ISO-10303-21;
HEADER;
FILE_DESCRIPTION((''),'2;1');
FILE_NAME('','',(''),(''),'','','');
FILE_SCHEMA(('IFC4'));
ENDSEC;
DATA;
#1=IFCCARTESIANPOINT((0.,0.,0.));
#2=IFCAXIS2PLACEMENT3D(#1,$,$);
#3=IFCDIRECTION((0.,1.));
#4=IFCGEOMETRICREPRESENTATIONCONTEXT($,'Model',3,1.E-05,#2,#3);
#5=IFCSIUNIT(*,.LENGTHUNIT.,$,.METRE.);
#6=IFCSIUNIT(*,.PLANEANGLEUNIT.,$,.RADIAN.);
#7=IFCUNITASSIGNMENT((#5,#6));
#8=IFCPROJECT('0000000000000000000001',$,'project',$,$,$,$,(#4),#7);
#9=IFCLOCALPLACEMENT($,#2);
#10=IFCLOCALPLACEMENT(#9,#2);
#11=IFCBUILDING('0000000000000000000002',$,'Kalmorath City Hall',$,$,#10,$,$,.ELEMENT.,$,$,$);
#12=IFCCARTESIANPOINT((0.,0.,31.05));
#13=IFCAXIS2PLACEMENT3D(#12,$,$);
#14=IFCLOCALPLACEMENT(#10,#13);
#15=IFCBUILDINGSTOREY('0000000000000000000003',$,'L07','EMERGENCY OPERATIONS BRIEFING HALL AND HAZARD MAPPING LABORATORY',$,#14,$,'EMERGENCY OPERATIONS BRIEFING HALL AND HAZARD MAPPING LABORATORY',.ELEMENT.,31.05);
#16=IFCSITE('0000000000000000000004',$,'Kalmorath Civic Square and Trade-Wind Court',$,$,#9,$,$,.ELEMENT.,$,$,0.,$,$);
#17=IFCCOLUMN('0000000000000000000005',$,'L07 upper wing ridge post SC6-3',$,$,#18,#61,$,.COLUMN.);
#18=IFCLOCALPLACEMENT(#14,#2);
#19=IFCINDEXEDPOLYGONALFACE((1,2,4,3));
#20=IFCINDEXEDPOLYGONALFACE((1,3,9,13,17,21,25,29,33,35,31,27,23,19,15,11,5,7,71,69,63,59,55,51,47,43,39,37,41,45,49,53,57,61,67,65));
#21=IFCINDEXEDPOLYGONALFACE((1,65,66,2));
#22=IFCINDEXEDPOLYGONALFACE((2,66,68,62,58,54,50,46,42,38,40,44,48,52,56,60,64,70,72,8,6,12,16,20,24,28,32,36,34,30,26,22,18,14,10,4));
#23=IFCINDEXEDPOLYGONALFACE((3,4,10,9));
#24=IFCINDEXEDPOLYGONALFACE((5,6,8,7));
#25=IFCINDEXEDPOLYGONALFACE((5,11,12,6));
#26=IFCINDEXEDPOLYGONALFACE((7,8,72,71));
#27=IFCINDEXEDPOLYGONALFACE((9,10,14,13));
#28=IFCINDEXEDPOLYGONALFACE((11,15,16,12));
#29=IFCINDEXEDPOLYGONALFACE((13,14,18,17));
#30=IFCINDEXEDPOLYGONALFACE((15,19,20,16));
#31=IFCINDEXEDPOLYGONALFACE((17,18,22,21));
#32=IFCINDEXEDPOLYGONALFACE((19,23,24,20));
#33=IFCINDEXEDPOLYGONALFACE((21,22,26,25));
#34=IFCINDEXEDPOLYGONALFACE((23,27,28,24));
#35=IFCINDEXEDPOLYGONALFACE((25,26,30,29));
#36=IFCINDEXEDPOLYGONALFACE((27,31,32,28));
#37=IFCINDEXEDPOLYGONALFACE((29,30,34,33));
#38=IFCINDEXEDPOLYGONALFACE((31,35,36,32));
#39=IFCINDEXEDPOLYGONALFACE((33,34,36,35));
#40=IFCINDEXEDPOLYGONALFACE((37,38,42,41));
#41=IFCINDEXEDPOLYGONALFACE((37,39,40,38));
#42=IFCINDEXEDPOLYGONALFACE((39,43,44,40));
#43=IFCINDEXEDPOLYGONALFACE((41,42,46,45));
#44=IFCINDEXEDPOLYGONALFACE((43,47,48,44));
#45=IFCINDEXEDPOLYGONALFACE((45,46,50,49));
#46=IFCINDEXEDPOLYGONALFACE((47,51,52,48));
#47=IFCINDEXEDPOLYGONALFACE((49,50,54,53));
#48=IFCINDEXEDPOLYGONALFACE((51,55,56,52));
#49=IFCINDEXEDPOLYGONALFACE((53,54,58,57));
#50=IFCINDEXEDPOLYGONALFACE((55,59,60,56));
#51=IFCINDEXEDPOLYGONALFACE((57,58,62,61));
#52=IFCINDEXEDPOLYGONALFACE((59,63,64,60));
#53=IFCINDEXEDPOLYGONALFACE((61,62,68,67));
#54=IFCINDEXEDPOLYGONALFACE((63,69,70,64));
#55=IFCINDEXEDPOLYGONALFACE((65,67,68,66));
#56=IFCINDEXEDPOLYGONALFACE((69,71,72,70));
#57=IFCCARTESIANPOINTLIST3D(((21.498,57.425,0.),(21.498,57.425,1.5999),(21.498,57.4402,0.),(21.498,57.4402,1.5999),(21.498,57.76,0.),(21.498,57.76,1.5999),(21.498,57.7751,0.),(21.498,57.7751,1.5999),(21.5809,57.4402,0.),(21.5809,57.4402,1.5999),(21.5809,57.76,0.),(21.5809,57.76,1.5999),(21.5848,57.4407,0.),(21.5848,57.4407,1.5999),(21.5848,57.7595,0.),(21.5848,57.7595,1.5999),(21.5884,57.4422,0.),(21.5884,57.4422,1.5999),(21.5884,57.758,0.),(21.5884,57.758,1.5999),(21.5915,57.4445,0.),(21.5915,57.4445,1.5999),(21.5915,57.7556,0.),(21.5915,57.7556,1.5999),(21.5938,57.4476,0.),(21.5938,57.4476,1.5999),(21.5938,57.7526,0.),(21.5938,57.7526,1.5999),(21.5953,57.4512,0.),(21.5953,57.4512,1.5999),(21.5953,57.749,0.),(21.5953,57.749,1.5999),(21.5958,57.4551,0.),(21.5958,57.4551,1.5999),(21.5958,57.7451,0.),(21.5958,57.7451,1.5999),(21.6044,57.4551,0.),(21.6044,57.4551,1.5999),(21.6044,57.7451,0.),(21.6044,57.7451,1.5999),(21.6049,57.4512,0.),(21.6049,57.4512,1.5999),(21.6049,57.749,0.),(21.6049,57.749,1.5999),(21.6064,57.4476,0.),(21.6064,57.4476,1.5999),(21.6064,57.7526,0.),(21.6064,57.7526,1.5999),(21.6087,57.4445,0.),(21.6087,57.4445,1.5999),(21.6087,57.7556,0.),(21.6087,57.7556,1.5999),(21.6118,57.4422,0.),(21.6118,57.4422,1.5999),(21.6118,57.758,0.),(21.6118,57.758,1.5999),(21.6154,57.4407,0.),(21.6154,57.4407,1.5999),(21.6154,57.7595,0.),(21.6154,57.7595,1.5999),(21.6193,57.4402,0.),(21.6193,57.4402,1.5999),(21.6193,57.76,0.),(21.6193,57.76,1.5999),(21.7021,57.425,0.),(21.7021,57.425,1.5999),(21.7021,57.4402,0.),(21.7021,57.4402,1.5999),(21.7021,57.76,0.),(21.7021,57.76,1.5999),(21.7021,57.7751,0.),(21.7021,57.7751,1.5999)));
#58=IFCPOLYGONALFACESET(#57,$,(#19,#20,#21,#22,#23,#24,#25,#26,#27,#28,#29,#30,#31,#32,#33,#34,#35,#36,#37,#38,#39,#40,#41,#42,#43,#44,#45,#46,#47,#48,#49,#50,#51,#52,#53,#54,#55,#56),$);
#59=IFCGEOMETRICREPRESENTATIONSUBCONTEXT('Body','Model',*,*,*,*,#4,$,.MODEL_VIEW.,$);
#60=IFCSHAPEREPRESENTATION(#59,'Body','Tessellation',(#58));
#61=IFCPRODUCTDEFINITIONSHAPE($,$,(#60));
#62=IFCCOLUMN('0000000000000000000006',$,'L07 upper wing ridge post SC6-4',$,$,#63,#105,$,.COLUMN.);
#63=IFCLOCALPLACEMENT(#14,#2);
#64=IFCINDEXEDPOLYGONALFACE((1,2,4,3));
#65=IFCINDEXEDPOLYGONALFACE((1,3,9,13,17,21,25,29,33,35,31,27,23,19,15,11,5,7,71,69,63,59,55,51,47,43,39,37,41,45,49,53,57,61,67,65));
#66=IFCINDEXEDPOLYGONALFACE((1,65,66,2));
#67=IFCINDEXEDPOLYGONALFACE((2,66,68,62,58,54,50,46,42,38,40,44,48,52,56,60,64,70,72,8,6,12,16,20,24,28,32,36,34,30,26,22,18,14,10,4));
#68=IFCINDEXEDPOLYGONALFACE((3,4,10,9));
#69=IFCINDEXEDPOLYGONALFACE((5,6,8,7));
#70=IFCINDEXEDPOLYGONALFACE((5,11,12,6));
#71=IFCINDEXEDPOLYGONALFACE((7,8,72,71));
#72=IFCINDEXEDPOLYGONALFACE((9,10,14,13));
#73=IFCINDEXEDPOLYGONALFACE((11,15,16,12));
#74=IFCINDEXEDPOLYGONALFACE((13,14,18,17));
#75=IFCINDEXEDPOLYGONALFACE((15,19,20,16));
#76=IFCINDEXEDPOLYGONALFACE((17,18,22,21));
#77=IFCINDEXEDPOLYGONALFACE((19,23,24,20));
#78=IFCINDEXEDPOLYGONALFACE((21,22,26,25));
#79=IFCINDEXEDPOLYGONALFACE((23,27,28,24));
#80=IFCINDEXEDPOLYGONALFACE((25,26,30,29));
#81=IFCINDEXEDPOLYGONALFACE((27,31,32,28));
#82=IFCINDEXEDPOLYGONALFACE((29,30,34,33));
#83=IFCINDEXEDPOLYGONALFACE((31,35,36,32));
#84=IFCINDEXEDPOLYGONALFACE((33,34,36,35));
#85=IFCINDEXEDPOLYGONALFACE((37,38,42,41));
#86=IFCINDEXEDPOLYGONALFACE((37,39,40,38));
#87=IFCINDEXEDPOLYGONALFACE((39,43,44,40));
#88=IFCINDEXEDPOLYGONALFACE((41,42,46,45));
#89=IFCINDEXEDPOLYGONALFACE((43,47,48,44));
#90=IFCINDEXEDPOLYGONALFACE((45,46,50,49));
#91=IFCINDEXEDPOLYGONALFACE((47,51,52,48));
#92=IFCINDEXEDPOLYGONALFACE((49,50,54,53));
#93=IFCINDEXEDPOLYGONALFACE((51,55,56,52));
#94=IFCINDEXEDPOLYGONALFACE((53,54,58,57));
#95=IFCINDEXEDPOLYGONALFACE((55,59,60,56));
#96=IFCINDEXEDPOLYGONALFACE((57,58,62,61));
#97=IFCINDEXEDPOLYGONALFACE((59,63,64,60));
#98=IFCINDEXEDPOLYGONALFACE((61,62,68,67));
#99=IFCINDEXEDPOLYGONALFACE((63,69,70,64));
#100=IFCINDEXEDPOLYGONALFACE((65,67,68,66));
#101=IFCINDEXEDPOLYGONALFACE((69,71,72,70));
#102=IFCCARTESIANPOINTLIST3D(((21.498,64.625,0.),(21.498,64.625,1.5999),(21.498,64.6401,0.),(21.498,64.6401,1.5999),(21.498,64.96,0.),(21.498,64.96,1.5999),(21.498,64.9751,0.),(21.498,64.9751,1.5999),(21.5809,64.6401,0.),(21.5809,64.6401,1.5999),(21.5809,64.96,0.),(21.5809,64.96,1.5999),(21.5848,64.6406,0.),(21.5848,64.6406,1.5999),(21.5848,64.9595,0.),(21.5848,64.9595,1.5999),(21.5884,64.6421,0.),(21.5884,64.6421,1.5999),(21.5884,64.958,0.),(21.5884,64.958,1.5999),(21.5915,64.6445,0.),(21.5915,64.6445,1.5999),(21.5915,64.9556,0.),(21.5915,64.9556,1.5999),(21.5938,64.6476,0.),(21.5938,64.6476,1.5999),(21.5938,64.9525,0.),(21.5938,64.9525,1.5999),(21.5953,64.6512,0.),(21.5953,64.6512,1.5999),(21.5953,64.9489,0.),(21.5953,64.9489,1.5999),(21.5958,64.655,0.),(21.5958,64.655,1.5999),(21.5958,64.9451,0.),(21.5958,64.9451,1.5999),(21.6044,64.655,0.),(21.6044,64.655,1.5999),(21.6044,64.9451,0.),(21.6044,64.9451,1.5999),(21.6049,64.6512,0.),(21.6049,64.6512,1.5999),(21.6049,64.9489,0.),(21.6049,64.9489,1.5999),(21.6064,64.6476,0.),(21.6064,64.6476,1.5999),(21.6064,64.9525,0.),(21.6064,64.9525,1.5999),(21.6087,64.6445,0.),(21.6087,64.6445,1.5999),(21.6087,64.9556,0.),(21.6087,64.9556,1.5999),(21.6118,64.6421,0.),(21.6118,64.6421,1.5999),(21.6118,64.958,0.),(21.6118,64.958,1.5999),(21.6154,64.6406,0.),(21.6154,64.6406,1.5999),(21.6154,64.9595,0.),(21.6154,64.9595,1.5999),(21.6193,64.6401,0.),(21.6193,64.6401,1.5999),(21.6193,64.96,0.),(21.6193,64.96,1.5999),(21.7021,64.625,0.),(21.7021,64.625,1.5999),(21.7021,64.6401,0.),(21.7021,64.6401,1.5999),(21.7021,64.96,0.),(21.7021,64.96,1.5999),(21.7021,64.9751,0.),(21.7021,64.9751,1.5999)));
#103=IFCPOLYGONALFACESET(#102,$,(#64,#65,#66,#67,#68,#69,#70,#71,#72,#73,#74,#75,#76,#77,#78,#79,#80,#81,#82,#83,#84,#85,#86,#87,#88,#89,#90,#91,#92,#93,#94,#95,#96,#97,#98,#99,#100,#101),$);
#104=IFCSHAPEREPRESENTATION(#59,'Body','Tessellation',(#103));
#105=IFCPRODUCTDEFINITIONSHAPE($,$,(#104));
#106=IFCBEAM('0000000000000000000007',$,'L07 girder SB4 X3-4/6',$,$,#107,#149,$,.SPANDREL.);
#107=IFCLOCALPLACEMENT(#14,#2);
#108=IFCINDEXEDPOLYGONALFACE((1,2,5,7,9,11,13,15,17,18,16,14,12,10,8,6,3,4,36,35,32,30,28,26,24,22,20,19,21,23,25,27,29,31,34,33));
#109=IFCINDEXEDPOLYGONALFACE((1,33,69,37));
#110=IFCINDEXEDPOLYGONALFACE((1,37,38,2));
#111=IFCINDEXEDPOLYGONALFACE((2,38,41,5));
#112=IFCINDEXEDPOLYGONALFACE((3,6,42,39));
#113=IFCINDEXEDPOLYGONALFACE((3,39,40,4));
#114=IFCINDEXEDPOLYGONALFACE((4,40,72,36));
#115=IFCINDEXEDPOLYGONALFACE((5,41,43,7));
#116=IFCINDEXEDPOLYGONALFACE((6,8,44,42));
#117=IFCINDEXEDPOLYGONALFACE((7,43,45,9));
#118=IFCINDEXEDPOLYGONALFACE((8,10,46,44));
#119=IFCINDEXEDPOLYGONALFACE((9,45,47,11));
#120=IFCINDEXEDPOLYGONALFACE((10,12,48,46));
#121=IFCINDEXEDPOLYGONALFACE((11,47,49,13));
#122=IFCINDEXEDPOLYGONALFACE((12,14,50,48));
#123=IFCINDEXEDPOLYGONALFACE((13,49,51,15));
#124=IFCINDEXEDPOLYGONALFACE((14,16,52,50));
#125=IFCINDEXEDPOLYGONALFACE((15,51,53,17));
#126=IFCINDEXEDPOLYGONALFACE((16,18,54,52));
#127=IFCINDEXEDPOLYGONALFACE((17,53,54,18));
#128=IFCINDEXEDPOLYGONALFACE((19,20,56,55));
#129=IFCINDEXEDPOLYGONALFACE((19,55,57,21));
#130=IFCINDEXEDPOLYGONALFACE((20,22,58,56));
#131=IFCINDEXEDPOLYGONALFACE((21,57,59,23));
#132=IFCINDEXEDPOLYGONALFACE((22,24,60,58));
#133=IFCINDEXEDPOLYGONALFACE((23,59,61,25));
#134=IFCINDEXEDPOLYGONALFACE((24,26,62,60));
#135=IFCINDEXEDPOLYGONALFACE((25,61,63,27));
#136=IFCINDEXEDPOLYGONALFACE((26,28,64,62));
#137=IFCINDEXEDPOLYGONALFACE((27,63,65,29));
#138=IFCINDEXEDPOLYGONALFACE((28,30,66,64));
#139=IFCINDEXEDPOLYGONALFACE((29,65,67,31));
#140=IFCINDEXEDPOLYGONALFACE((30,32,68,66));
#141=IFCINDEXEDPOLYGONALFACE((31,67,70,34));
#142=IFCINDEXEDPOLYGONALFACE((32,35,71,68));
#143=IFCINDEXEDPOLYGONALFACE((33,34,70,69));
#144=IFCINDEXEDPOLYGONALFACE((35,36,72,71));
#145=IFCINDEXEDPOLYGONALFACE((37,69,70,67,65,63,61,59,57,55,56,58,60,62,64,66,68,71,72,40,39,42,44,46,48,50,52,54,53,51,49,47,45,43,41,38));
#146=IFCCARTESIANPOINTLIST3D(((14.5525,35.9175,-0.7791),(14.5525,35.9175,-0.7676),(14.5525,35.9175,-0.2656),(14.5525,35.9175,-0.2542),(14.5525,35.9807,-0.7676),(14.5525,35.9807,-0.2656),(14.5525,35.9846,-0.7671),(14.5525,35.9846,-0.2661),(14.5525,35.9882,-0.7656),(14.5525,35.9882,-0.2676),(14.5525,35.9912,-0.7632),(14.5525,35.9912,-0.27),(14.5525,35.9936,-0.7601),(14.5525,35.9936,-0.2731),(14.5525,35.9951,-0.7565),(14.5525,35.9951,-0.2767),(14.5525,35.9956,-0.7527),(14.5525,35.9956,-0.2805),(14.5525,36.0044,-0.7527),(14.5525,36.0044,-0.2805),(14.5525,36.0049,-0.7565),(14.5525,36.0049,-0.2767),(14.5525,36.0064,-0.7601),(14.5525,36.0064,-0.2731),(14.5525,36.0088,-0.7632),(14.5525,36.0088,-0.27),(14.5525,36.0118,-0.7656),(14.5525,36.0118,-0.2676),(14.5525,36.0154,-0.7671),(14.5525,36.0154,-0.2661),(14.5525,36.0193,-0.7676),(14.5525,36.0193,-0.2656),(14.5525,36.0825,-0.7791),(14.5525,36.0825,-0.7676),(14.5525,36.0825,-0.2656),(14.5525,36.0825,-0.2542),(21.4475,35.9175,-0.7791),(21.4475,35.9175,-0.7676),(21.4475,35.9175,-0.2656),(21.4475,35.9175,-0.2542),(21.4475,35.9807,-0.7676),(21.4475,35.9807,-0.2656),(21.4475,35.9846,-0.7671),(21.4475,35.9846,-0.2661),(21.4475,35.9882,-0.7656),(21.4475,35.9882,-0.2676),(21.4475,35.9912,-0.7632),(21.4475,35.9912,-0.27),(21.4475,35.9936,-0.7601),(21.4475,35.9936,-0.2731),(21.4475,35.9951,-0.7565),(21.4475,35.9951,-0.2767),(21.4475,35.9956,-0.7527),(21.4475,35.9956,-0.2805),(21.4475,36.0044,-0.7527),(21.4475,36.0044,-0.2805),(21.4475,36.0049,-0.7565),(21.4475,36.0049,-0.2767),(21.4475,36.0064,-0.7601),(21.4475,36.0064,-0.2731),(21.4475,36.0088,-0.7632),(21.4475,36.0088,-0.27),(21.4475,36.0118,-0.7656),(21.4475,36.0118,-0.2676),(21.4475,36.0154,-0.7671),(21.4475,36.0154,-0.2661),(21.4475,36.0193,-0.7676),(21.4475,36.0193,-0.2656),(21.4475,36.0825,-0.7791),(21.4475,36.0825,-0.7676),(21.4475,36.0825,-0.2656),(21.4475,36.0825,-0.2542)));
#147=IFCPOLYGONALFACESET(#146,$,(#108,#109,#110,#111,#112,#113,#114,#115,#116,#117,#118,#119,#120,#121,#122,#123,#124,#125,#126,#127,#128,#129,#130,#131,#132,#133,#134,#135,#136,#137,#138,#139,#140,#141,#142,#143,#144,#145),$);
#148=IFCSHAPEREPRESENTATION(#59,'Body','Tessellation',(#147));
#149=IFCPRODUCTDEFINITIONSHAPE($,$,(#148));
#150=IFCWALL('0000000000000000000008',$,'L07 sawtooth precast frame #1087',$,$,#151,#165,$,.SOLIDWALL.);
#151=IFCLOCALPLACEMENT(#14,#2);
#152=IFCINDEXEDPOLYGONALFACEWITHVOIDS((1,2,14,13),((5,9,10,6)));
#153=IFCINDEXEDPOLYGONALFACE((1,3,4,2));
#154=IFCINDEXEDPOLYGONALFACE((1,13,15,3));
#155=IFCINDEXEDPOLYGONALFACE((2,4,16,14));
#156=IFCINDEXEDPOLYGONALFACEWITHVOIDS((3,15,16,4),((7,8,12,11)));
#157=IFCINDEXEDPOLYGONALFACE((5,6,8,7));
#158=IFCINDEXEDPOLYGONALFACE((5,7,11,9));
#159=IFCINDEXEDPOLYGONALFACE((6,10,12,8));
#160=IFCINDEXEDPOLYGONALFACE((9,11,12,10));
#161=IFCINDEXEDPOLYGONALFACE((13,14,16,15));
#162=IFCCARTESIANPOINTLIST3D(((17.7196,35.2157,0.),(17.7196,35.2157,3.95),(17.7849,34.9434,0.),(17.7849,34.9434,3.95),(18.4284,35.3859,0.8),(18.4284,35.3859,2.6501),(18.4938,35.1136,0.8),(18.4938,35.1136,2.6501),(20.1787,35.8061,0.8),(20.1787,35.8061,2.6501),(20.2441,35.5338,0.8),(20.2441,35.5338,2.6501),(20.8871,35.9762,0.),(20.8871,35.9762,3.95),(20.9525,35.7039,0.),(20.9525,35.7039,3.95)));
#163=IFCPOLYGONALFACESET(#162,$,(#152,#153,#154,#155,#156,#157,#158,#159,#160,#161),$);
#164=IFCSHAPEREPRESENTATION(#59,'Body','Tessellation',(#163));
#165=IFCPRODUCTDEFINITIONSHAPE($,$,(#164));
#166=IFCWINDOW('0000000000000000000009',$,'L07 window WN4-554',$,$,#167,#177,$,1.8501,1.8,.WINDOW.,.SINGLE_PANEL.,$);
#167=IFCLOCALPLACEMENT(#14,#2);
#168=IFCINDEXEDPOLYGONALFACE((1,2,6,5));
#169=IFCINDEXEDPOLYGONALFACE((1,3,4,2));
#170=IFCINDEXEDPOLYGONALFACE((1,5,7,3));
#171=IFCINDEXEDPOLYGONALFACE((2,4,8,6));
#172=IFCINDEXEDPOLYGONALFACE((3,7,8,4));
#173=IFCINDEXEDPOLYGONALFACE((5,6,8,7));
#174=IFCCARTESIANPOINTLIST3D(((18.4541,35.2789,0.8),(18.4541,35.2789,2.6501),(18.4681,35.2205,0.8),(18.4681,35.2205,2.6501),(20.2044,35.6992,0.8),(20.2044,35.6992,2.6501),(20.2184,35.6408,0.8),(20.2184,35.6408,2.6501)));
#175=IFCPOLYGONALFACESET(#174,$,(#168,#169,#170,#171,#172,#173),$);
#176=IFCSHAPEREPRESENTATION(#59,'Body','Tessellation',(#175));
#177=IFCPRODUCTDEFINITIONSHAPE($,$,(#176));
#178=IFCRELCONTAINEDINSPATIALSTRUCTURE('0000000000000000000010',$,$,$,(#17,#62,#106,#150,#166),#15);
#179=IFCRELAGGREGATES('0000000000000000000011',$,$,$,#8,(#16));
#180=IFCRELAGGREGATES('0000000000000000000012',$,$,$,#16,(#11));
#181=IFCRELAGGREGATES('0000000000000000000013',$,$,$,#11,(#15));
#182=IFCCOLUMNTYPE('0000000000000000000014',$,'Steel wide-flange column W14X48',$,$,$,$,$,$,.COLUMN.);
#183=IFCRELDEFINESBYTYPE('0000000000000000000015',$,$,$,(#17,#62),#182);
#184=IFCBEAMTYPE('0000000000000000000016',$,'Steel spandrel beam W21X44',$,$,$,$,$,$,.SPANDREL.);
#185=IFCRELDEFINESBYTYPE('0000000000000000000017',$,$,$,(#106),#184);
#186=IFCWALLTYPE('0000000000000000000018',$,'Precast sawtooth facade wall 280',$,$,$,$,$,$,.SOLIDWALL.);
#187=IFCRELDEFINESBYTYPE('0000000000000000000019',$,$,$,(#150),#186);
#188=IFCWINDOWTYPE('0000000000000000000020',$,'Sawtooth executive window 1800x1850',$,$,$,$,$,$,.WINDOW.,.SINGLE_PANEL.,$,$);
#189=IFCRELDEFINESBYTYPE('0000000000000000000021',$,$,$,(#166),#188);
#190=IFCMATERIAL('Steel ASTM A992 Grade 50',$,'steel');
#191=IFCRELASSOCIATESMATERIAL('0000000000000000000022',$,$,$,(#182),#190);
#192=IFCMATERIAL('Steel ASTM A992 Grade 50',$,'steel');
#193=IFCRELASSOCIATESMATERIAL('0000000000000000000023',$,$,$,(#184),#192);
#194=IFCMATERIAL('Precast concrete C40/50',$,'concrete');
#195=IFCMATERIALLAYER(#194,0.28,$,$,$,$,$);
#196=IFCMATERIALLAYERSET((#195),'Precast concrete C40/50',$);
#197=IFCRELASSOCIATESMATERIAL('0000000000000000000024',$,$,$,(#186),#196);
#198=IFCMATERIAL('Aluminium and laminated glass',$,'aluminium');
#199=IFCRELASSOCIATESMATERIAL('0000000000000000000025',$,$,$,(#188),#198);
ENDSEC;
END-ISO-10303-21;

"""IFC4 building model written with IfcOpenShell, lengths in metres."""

from ifc_helpers import new_model, si_unit, direction, frame, frame_2d, origin, origin_2d, place, context, subcontext, project, spatial, rectangle, i_section, extrude, material, layer, layer_set, material_profile, profile_set, type_object, element, fill, save


model = new_model("IFC4")

# Units and contexts
model_context = context("Model", 3, precision=1e-05, world=origin(), true_north=direction((0.0, 1.0)))
body_context = subcontext(model_context, "Body", "Model", "MODEL_VIEW")
ifc_project = project(units=[si_unit("LENGTHUNIT", "METRE"), si_unit("PLANEANGLEUNIT", "RADIAN")], contexts=[model_context])

# Site, building, storey
site_placement = place(None, origin())
site = spatial("IfcSite", under=ifc_project, at=site_placement, Name="Kalmorath Civic Square and Trade-Wind Court", CompositionType="ELEMENT", RefElevation=0.0)
building_placement = place(site_placement, origin())
building = spatial("IfcBuilding", under=site, at=building_placement, Name="Kalmorath City Hall", CompositionType="ELEMENT")
storey_placement = place(building_placement, frame((0.0, 0.0, 31.05)))
storey = spatial("IfcBuildingStorey", under=building, at=storey_placement, Name="L07", Description="EMERGENCY OPERATIONS BRIEFING HALL AND HAZARD MAPPING LABORATORY", LongName="EMERGENCY OPERATIONS BRIEFING HALL AND HAZARD MAPPING LABORATORY", CompositionType="ELEMENT", Elevation=31.05)

# Columns
ifc_material_1 = material(Name="Steel ASTM A992 Grade 50", Category="steel")
ifc_material_profile_1 = material_profile(ifc_material_1, i_section(OverallWidth=0.2041, OverallDepth=0.3501, WebThickness=0.0085, FlangeThickness=0.0151, FilletRadius=0.0149, at=origin_2d()), Name="W14X48")
ifc_profile_set_1 = profile_set([ifc_material_profile_1], Name="Steel ASTM A992 Grade 50")
column_type_1 = type_object("IfcColumnType", Name="Steel wide-flange column W14X48", PredefinedType="COLUMN", material=ifc_profile_set_1)
for number, where, z_axis, x_axis, name in (
    (1, (21.6001, 57.6001, 0.0), (0.0, 0.0, 1.0), (1.0, 0.0, 0.0), "L07 upper wing ridge post SC6-3"),
    (2, (21.6001, 64.8, 0.0), (0.0, 0.0, 1.0), (1.0, 0.0, 0.0), "L07 upper wing ridge post SC6-4"),
):
    element("IfcColumn", number, at=place(storey_placement, frame(where, z_axis=z_axis, x_axis=x_axis)), inside=storey, type_object=column_type_1, Name=name, PredefinedType="COLUMN", context=body_context, shape_type="SweptSolid", body=[
        extrude(i_section(OverallWidth=0.2041, OverallDepth=0.3501, WebThickness=0.0085, FlangeThickness=0.0151, FilletRadius=0.0149, at=origin_2d()), origin(), (0.0, 0.0, 1.0), 1.5999),
    ])

# Beam
ifc_material_2 = material(Name="Steel ASTM A992 Grade 50", Category="steel")
ifc_material_profile_2 = material_profile(ifc_material_2, i_section(OverallWidth=0.165, OverallDepth=0.5249, WebThickness=0.0088, FlangeThickness=0.0115, FilletRadius=0.0149, at=origin_2d()), Name="W21X44")
ifc_profile_set_2 = profile_set([ifc_material_profile_2], Name="Steel ASTM A992 Grade 50")
beam_type = type_object("IfcBeamType", Name="Steel spandrel beam W21X44", PredefinedType="SPANDREL", material=ifc_profile_set_2)
beam_placement = place(storey_placement, frame((14.5525, 36.0, -0.5166), z_axis=(1.0, 0.0, 0.0), x_axis=(0.0, 1.0, 0.0)))
element("IfcBeam", 3, at=beam_placement, inside=storey, type_object=beam_type, Name="L07 girder SB4 X3-4/6", PredefinedType="SPANDREL", context=body_context, shape_type="SweptSolid", body=[
    extrude(i_section(OverallWidth=0.165, OverallDepth=0.5249, WebThickness=0.0088, FlangeThickness=0.0115, FilletRadius=0.0149, at=origin_2d()), origin(), (0.0, 0.0, 1.0), 6.895),
])

# Wall, opening, window
ifc_material_3 = material(Name="Precast concrete C40/50", Category="concrete")
ifc_layer_1 = layer(ifc_material_3, 0.28)
ifc_layer_set_1 = layer_set([ifc_layer_1], Name="Precast concrete C40/50")
wall_type_1 = type_object("IfcWallType", Name="Precast sawtooth facade wall 280", PredefinedType="SOLIDWALL", material=ifc_layer_set_1)
wall_1_placement = place(storey_placement, frame((20.9199, 35.8401, 0.0), z_axis=(0.0, 0.0, 1.0), x_axis=(-0.972366, -0.233461, 0.0)))
wall_1 = element("IfcWall", 4, at=wall_1_placement, inside=storey, type_object=wall_type_1, Name="L07 sawtooth precast frame #1087", PredefinedType="SOLIDWALL", context=body_context, shape_type="SweptSolid", body=[
    extrude(rectangle(XDim=3.2576, YDim=0.28, at=frame_2d((1.6289, 0.0))), origin(), (0.0, 0.0, 1.0), 3.95),
])
opening_1_placement = place(wall_1_placement, frame((0.7288, 0.0, 0.8)))
opening_1 = element("IfcOpeningElement", 5, at=opening_1_placement, cuts=wall_1, PredefinedType="OPENING", context=body_context, shape_type="SweptSolid", body=[
    extrude(rectangle(XDim=1.8, YDim=1.8501, at=frame_2d((0.8999, 0.925))), frame((0.0, 0.1499, 0.0), z_axis=(0.0, -1.0, 0.0), x_axis=(1.0, 0.0, 0.0)), (0.0, 0.0, 1.0), 0.3),
])
ifc_material_4 = material(Name="Aluminium and laminated glass", Category="aluminium")
window_type_1 = type_object("IfcWindowType", Name="Sawtooth executive window 1800x1850", PartitioningType="SINGLE_PANEL", PredefinedType="WINDOW", material=ifc_material_4)
window_1_placement = place(opening_1_placement, origin())
window_1 = element("IfcWindow", 6, at=window_1_placement, inside=storey, type_object=window_type_1, Name="L07 window WN4-554", OverallHeight=1.8501, OverallWidth=1.8, PartitioningType="SINGLE_PANEL", PredefinedType="WINDOW", context=body_context, shape_type="SweptSolid", body=[
    extrude(rectangle(XDim=1.8, YDim=1.8501, at=frame_2d((0.8999, 0.925))), frame((0.0, 0.03, 0.0), z_axis=(0.0, -1.0, 0.0), x_axis=(1.0, 0.0, 0.0)), (0.0, 0.0, 1.0), 0.0601),
])
fill(opening_1, window_1)

save(model, "model.ifc")
